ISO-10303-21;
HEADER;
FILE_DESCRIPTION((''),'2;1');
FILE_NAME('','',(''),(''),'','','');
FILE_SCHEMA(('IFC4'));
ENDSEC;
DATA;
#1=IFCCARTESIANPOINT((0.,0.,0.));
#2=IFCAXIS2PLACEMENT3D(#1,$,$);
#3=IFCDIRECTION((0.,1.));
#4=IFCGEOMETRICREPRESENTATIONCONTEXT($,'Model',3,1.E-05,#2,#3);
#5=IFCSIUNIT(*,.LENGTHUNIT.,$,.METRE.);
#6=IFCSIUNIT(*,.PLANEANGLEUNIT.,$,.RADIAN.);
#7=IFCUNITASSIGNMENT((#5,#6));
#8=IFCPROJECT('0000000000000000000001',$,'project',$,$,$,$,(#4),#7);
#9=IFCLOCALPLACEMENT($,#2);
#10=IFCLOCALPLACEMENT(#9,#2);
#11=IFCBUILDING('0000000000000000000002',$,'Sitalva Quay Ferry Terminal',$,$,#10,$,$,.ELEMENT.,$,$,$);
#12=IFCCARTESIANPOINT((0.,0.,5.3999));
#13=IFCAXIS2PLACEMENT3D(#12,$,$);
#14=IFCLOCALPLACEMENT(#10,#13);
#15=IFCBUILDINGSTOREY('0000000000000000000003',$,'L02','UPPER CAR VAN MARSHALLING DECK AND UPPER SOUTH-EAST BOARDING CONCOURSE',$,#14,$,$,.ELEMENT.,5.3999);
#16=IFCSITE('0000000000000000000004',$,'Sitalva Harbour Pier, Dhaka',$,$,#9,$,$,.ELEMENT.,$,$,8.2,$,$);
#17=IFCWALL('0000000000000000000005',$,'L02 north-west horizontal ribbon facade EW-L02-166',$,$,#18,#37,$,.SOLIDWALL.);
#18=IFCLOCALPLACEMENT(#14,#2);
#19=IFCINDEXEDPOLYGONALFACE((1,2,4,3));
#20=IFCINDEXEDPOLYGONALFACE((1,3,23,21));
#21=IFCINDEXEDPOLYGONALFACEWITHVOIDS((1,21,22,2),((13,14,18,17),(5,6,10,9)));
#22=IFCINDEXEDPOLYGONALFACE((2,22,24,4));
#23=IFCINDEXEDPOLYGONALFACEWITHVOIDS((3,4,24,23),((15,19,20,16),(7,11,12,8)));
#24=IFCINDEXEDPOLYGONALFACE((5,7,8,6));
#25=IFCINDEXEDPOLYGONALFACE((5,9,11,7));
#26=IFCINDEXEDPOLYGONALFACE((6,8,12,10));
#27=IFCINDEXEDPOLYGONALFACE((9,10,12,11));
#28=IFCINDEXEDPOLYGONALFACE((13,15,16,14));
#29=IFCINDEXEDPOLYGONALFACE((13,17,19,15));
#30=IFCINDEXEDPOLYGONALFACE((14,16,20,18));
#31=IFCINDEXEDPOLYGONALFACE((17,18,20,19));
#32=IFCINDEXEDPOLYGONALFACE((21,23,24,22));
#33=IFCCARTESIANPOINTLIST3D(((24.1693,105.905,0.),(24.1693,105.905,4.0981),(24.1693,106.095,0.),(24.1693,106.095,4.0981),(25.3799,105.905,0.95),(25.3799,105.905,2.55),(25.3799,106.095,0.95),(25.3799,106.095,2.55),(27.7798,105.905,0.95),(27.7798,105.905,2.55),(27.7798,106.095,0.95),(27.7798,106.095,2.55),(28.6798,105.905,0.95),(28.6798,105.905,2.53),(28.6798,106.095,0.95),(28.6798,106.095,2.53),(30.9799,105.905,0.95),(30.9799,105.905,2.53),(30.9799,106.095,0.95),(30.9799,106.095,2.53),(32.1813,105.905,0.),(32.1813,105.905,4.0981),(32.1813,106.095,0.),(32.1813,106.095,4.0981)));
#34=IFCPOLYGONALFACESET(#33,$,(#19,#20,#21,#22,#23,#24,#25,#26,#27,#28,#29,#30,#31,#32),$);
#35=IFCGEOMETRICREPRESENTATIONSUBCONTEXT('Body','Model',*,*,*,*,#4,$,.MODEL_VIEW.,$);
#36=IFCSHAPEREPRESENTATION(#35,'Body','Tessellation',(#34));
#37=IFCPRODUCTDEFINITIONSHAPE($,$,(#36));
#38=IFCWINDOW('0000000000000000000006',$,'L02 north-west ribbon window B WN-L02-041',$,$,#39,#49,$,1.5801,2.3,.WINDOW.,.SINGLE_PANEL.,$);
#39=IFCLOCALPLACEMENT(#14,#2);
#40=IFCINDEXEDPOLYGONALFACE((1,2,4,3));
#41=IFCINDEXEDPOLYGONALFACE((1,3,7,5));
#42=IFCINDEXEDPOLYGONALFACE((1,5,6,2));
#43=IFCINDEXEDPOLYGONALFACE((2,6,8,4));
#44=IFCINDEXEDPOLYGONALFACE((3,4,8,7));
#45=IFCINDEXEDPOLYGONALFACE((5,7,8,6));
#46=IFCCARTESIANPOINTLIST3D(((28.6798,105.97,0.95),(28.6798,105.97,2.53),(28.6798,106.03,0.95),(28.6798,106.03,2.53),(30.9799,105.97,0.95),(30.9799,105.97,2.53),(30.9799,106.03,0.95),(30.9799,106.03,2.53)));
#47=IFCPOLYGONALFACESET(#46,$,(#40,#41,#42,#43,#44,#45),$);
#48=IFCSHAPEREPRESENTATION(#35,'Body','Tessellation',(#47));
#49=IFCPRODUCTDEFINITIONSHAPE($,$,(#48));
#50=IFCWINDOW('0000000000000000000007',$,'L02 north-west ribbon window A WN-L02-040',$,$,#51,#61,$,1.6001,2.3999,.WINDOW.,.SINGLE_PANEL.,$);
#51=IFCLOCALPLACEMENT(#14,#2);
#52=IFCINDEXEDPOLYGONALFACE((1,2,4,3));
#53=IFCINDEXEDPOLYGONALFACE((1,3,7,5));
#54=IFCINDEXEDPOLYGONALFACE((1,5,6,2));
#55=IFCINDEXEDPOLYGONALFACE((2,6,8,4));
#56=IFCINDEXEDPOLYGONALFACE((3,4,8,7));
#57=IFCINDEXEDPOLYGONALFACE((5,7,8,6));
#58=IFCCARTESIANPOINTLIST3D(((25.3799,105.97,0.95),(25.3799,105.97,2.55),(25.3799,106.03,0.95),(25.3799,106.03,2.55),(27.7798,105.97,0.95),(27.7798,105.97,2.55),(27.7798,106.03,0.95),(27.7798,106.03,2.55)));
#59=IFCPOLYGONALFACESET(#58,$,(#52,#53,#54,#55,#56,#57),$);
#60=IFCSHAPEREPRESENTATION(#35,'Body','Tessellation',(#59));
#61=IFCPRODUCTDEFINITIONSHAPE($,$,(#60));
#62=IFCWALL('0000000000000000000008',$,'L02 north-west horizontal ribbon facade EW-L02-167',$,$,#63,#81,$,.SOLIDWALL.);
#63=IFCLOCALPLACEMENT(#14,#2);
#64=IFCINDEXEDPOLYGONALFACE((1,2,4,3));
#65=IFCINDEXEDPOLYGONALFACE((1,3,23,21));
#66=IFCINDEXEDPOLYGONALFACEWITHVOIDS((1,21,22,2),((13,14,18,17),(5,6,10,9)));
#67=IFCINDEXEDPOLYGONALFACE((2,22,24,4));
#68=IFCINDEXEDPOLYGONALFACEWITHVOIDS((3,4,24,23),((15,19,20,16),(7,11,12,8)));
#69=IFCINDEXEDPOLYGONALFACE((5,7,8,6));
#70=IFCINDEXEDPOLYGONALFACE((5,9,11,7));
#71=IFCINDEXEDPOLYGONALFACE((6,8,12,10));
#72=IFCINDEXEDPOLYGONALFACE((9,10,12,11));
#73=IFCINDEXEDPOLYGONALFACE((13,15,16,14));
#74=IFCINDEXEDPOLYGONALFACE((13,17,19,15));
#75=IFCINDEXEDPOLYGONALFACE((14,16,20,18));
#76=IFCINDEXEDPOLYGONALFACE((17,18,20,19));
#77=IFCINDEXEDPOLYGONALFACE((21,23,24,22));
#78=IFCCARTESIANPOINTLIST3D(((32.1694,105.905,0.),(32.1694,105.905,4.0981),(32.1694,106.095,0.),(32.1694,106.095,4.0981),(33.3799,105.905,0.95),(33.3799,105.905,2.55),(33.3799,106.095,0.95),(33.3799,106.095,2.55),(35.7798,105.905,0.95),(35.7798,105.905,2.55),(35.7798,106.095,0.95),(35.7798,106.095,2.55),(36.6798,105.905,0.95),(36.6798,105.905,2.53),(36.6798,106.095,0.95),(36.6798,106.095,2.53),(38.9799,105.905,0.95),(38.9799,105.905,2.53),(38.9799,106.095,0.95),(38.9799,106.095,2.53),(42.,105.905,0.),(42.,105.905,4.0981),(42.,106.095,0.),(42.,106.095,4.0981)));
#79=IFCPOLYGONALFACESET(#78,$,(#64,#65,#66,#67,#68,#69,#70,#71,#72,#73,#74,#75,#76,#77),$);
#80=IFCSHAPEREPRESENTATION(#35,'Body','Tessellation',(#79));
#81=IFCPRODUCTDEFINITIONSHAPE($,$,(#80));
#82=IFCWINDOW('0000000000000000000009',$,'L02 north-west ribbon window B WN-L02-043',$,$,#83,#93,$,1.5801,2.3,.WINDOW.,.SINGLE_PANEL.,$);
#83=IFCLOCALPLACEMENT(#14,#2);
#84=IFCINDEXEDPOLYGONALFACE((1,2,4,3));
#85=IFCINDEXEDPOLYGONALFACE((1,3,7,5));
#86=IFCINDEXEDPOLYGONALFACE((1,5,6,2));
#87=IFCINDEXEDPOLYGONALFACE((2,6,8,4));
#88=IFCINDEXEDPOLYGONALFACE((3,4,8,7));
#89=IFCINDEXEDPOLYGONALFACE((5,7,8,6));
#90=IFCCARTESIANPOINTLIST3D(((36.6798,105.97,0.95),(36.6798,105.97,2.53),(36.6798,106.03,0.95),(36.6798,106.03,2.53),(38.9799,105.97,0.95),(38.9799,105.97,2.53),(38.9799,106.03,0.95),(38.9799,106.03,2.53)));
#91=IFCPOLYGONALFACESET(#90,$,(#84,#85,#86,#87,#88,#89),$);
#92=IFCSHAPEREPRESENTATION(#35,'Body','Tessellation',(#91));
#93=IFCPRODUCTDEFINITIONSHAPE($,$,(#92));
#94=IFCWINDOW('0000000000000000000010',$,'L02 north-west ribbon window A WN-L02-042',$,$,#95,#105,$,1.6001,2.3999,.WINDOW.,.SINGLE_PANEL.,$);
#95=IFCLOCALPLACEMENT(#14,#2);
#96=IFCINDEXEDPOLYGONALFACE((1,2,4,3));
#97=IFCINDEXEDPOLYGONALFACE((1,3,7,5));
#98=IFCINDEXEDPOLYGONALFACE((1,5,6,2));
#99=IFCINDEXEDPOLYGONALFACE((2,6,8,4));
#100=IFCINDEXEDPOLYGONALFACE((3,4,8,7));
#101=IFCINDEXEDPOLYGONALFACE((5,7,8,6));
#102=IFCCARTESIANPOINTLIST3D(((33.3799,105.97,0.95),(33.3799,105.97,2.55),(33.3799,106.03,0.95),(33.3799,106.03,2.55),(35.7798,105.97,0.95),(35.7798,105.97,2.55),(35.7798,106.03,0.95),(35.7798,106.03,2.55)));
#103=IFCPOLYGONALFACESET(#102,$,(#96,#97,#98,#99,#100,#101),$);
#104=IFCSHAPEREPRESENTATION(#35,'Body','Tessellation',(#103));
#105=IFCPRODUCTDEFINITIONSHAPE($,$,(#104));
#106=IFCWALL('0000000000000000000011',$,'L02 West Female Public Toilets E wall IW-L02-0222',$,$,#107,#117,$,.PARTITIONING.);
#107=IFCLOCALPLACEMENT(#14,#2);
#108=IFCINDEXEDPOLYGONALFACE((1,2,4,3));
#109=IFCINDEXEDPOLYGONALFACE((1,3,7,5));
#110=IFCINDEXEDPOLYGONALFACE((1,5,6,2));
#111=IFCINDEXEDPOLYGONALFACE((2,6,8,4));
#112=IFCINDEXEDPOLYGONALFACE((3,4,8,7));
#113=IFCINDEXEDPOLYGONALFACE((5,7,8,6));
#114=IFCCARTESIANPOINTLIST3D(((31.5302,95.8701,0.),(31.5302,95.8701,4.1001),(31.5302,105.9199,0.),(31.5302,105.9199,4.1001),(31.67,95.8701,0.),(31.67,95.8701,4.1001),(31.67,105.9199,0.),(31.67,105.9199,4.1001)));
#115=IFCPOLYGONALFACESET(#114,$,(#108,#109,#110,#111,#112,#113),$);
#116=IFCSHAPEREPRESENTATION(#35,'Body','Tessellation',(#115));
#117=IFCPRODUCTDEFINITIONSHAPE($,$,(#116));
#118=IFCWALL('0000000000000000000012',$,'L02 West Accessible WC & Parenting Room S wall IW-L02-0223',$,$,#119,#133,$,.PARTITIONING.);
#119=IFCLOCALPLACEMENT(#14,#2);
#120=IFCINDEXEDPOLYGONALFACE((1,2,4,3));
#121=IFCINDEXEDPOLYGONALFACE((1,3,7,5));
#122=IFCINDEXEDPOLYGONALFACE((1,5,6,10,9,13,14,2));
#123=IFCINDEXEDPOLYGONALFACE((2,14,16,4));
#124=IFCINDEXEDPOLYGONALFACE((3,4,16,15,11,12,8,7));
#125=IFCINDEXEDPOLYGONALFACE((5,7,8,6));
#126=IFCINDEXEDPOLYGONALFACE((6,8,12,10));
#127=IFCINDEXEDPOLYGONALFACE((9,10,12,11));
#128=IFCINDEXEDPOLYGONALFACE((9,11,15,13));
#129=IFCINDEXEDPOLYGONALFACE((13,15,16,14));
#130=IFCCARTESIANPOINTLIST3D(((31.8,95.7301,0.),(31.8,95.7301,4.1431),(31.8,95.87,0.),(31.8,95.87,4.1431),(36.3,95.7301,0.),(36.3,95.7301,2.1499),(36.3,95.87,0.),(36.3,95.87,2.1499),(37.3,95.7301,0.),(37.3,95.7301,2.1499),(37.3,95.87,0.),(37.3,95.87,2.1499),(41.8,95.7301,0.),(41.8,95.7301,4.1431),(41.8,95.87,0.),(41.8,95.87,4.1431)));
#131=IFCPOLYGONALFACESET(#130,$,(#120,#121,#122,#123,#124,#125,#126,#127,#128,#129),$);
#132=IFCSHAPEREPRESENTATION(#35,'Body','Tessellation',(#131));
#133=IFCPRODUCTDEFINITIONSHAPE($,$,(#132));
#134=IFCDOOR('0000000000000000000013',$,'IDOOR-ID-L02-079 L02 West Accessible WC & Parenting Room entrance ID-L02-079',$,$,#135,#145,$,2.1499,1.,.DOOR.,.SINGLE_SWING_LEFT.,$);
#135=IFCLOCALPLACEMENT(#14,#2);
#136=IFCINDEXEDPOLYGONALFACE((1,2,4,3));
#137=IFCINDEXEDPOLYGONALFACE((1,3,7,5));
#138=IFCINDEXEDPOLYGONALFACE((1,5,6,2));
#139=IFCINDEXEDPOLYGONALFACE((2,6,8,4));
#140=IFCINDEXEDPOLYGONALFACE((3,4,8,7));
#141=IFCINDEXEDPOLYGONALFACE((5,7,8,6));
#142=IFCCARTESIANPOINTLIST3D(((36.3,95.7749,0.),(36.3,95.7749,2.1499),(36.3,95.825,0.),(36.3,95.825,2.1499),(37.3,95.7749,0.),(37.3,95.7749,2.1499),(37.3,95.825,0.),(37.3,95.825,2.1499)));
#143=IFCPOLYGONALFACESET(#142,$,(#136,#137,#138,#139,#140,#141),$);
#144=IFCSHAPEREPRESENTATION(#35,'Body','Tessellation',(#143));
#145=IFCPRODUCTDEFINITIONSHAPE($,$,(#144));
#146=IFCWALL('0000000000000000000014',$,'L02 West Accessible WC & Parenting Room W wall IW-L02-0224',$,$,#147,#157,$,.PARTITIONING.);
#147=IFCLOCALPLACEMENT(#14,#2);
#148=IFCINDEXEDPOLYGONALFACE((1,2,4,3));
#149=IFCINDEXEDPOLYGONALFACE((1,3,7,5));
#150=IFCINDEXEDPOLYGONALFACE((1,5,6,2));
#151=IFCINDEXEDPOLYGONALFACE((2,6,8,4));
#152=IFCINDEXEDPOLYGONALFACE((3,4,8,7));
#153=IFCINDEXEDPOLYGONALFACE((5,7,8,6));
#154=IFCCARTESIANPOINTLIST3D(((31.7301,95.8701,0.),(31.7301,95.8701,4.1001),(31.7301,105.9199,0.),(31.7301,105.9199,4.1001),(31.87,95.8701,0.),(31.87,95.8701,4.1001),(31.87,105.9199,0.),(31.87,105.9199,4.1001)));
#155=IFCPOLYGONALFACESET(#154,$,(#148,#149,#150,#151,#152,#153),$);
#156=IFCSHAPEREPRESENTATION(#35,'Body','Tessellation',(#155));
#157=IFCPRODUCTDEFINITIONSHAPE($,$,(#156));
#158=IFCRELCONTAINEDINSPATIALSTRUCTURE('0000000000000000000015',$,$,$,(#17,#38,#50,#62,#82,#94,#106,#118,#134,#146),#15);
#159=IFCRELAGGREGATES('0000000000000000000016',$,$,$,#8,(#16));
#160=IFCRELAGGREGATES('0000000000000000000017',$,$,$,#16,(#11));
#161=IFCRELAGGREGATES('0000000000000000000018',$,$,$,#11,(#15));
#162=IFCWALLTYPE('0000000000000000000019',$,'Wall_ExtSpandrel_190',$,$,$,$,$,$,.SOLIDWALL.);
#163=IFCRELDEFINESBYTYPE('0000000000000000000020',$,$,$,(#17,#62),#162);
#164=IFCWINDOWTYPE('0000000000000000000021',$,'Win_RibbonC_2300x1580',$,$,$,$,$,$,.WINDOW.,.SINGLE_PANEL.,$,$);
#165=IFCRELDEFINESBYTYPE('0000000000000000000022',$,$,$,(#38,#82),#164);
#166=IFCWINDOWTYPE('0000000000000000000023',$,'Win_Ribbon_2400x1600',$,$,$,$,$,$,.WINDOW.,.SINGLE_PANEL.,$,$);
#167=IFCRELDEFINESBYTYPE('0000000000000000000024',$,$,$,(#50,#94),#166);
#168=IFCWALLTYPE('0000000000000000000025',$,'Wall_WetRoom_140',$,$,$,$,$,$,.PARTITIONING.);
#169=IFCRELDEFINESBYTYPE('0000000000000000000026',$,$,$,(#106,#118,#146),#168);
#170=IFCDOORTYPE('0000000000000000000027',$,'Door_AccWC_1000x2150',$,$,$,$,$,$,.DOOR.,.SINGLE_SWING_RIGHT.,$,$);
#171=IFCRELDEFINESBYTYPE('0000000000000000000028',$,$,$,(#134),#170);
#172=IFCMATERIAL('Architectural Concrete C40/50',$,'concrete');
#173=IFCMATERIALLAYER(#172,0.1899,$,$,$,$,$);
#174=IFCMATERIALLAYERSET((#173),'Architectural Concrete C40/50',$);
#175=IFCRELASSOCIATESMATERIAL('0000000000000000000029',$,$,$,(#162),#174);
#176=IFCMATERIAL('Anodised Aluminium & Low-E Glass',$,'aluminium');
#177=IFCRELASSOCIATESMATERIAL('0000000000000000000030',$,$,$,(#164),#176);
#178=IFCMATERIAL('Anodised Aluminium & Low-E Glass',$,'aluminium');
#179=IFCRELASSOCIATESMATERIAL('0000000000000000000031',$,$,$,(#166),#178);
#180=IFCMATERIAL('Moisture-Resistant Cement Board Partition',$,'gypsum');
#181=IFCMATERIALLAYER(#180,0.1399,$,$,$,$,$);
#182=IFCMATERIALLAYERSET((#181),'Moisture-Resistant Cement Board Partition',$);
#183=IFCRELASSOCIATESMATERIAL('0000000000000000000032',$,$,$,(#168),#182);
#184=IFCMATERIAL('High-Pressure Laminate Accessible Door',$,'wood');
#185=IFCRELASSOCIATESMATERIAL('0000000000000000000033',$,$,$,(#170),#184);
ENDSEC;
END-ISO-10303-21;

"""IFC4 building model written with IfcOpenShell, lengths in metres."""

from ifc_helpers import new_model, si_unit, direction, frame, frame_2d, origin, place, context, subcontext, project, spatial, rectangle, extrude, material, layer, layer_set, type_object, element, fill, save


model = new_model("IFC4")

# Units and contexts
model_context = context("Model", 3, precision=1e-05, world=origin(), true_north=direction((0.0, 1.0)))
body_context = subcontext(model_context, "Body", "Model", "MODEL_VIEW")
ifc_project = project(units=[si_unit("LENGTHUNIT", "METRE"), si_unit("PLANEANGLEUNIT", "RADIAN")], contexts=[model_context])

# Site, building, storey
site_placement = place(None, origin())
site = spatial("IfcSite", under=ifc_project, at=site_placement, Name="Sitalva Harbour Pier, Dhaka", CompositionType="ELEMENT", RefElevation=8.2)
building_placement = place(site_placement, origin())
building = spatial("IfcBuilding", under=site, at=building_placement, Name="Sitalva Quay Ferry Terminal", CompositionType="ELEMENT")
storey_placement = place(building_placement, frame((0.0, 0.0, 5.3999)))
storey = spatial("IfcBuildingStorey", under=building, at=storey_placement, Name="L02", Description="UPPER CAR VAN MARSHALLING DECK AND UPPER SOUTH-EAST BOARDING CONCOURSE", CompositionType="ELEMENT", Elevation=5.3999)

# Walls, openings, windows
ifc_material_1 = material(Name="Architectural Concrete C40/50", Category="concrete")
ifc_layer_1 = layer(ifc_material_1, 0.1899)
ifc_layer_set_1 = layer_set([ifc_layer_1], Name="Architectural Concrete C40/50")
wall_type_1 = type_object("IfcWallType", Name="Wall_ExtSpandrel_190", PredefinedType="SOLIDWALL", material=ifc_layer_set_1)
wall_1_placement = place(storey_placement, frame((24.1694, 106.0, 0.0), z_axis=(0.0, 0.0, 1.0), x_axis=(1.0, 0.0, 0.0)))
wall_1 = element("IfcWall", 1, at=wall_1_placement, inside=storey, type_object=wall_type_1, Name="L02 north-west horizontal ribbon facade EW-L02-166", PredefinedType="SOLIDWALL", context=body_context, shape_type="SweptSolid", body=[
    extrude(rectangle(XDim=8.012, YDim=0.1899, at=frame_2d((4.0059, 0.0))), origin(), (0.0, 0.0, 1.0), 4.0981),
])
opening_1_placement = place(wall_1_placement, frame((1.2104, 0.0, 0.95)))
opening_1 = element("IfcOpeningElement", 2, at=opening_1_placement, cuts=wall_1, PredefinedType="OPENING", context=body_context, shape_type="SweptSolid", body=[
    extrude(rectangle(XDim=2.3999, YDim=1.6001, at=frame_2d((1.2, 0.8))), frame((0.0, 0.105, 0.0), z_axis=(0.0, -1.0, 0.0), x_axis=(1.0, 0.0, 0.0)), (0.0, 0.0, 1.0), 0.21),
])
opening_2_placement = place(wall_1_placement, frame((4.5105, 0.0, 0.95)))
opening_2 = element("IfcOpeningElement", 3, at=opening_2_placement, cuts=wall_1, PredefinedType="OPENING", context=body_context, shape_type="SweptSolid", body=[
    extrude(rectangle(XDim=2.3, YDim=1.5801, at=frame_2d((1.1499, 0.79))), frame((0.0, 0.105, 0.0), z_axis=(0.0, -1.0, 0.0), x_axis=(1.0, 0.0, 0.0)), (0.0, 0.0, 1.0), 0.21),
])
ifc_material_2 = material(Name="Anodised Aluminium & Low-E Glass", Category="aluminium")
window_type_1 = type_object("IfcWindowType", Name="Win_RibbonC_2300x1580", PartitioningType="SINGLE_PANEL", PredefinedType="WINDOW", material=ifc_material_2)
window_1_placement = place(opening_2_placement, origin())
window_1 = element("IfcWindow", 4, at=window_1_placement, inside=storey, type_object=window_type_1, Name="L02 north-west ribbon window B WN-L02-041", OverallHeight=1.5801, OverallWidth=2.3, PartitioningType="SINGLE_PANEL", PredefinedType="WINDOW", context=body_context, shape_type="SweptSolid", body=[
    extrude(rectangle(XDim=2.3, YDim=1.5801, at=frame_2d((1.1499, 0.79))), frame((0.0, 0.03, 0.0), z_axis=(0.0, -1.0, 0.0), x_axis=(1.0, 0.0, 0.0)), (0.0, 0.0, 1.0), 0.0601),
])
fill(opening_2, window_1)
ifc_material_3 = material(Name="Anodised Aluminium & Low-E Glass", Category="aluminium")
window_type_2 = type_object("IfcWindowType", Name="Win_Ribbon_2400x1600", PartitioningType="SINGLE_PANEL", PredefinedType="WINDOW", material=ifc_material_3)
window_2_placement = place(opening_1_placement, origin())
window_2 = element("IfcWindow", 5, at=window_2_placement, inside=storey, type_object=window_type_2, Name="L02 north-west ribbon window A WN-L02-040", OverallHeight=1.6001, OverallWidth=2.3999, PartitioningType="SINGLE_PANEL", PredefinedType="WINDOW", context=body_context, shape_type="SweptSolid", body=[
    extrude(rectangle(XDim=2.3999, YDim=1.6001, at=frame_2d((1.2, 0.8))), frame((0.0, 0.03, 0.0), z_axis=(0.0, -1.0, 0.0), x_axis=(1.0, 0.0, 0.0)), (0.0, 0.0, 1.0), 0.0601),
])
fill(opening_1, window_2)
wall_2_placement = place(storey_placement, frame((32.1694, 106.0, 0.0), z_axis=(0.0, 0.0, 1.0), x_axis=(1.0, 0.0, 0.0)))
wall_2 = element("IfcWall", 6, at=wall_2_placement, inside=storey, type_object=wall_type_1, Name="L02 north-west horizontal ribbon facade EW-L02-167", PredefinedType="SOLIDWALL", context=body_context, shape_type="SweptSolid", body=[
    extrude(rectangle(XDim=9.8306, YDim=0.1899, at=frame_2d((4.9153, 0.0))), origin(), (0.0, 0.0, 1.0), 4.0981),
])
opening_3_placement = place(wall_2_placement, frame((1.2104, 0.0, 0.95)))
opening_3 = element("IfcOpeningElement", 7, at=opening_3_placement, cuts=wall_2, PredefinedType="OPENING", context=body_context, shape_type="SweptSolid", body=[
    extrude(rectangle(XDim=2.3999, YDim=1.6001, at=frame_2d((1.2, 0.8))), frame((0.0, 0.105, 0.0), z_axis=(0.0, -1.0, 0.0), x_axis=(1.0, 0.0, 0.0)), (0.0, 0.0, 1.0), 0.21),
])
opening_4_placement = place(wall_2_placement, frame((4.5105, 0.0, 0.95)))
opening_4 = element("IfcOpeningElement", 8, at=opening_4_placement, cuts=wall_2, PredefinedType="OPENING", context=body_context, shape_type="SweptSolid", body=[
    extrude(rectangle(XDim=2.3, YDim=1.5801, at=frame_2d((1.1499, 0.79))), frame((0.0, 0.105, 0.0), z_axis=(0.0, -1.0, 0.0), x_axis=(1.0, 0.0, 0.0)), (0.0, 0.0, 1.0), 0.21),
])
window_3_placement = place(opening_4_placement, origin())
window_3 = element("IfcWindow", 9, at=window_3_placement, inside=storey, type_object=window_type_1, Name="L02 north-west ribbon window B WN-L02-043", OverallHeight=1.5801, OverallWidth=2.3, PartitioningType="SINGLE_PANEL", PredefinedType="WINDOW", context=body_context, shape_type="SweptSolid", body=[
    extrude(rectangle(XDim=2.3, YDim=1.5801, at=frame_2d((1.1499, 0.79))), frame((0.0, 0.03, 0.0), z_axis=(0.0, -1.0, 0.0), x_axis=(1.0, 0.0, 0.0)), (0.0, 0.0, 1.0), 0.0601),
])
fill(opening_4, window_3)
window_4_placement = place(opening_3_placement, origin())
window_4 = element("IfcWindow", 10, at=window_4_placement, inside=storey, type_object=window_type_2, Name="L02 north-west ribbon window A WN-L02-042", OverallHeight=1.6001, OverallWidth=2.3999, PartitioningType="SINGLE_PANEL", PredefinedType="WINDOW", context=body_context, shape_type="SweptSolid", body=[
    extrude(rectangle(XDim=2.3999, YDim=1.6001, at=frame_2d((1.2, 0.8))), frame((0.0, 0.03, 0.0), z_axis=(0.0, -1.0, 0.0), x_axis=(1.0, 0.0, 0.0)), (0.0, 0.0, 1.0), 0.0601),
])
fill(opening_3, window_4)

# Wall
ifc_material_4 = material(Name="Moisture-Resistant Cement Board Partition", Category="gypsum")
ifc_layer_2 = layer(ifc_material_4, 0.1399)
ifc_layer_set_2 = layer_set([ifc_layer_2], Name="Moisture-Resistant Cement Board Partition")
wall_type_2 = type_object("IfcWallType", Name="Wall_WetRoom_140", PredefinedType="PARTITIONING", material=ifc_layer_set_2)
wall_3_placement = place(storey_placement, frame((31.6001, 95.8701, 0.0), z_axis=(0.0, 0.0, 1.0), x_axis=(0.0, 1.0, 0.0)))
element("IfcWall", 11, at=wall_3_placement, inside=storey, type_object=wall_type_2, Name="L02 West Female Public Toilets E wall IW-L02-0222", PredefinedType="PARTITIONING", context=body_context, shape_type="SweptSolid", body=[
    extrude(rectangle(XDim=10.0498, YDim=0.1399, at=frame_2d((5.0249, 0.0))), origin(), (0.0, 0.0, 1.0), 4.1001),
])

# Wall, opening, door
wall_4_placement = place(storey_placement, frame((31.8, 95.8, 0.0), z_axis=(0.0, 0.0, 1.0), x_axis=(1.0, 0.0, 0.0)))
wall_4 = element("IfcWall", 12, at=wall_4_placement, inside=storey, type_object=wall_type_2, Name="L02 West Accessible WC & Parenting Room S wall IW-L02-0223", PredefinedType="PARTITIONING", context=body_context, shape_type="SweptSolid", body=[
    extrude(rectangle(XDim=10.0, YDim=0.1399, at=frame_2d((5.0, 0.0))), origin(), (0.0, 0.0, 1.0), 4.1431),
])
opening_5_placement = place(wall_4_placement, frame((4.5, 0.0, 0.0)))
opening_5 = element("IfcOpeningElement", 13, at=opening_5_placement, cuts=wall_4, PredefinedType="OPENING", context=body_context, shape_type="SweptSolid", body=[
    extrude(rectangle(XDim=1.0, YDim=2.1499, at=frame_2d((0.5, 1.075))), frame((0.0, 0.0798, 0.0), z_axis=(0.0, -1.0, 0.0), x_axis=(1.0, 0.0, 0.0)), (0.0, 0.0, 1.0), 0.1599),
])
ifc_material_5 = material(Name="High-Pressure Laminate Accessible Door", Category="wood")
door_type = type_object("IfcDoorType", Name="Door_AccWC_1000x2150", OperationType="SINGLE_SWING_RIGHT", PredefinedType="DOOR", material=ifc_material_5)
door_placement = place(opening_5_placement, origin())
door = element("IfcDoor", 14, at=door_placement, inside=storey, type_object=door_type, Name="IDOOR-ID-L02-079 L02 West Accessible WC & Parenting Room entrance ID-L02-079", OperationType="SINGLE_SWING_LEFT", OverallHeight=2.1499, OverallWidth=1.0, PredefinedType="DOOR", context=body_context, shape_type="SweptSolid", body=[
    extrude(rectangle(XDim=1.0, YDim=2.1499, at=frame_2d((0.5, 1.075))), frame((0.0, 0.0249, 0.0), z_axis=(0.0, -1.0, 0.0), x_axis=(1.0, 0.0, 0.0)), (0.0, 0.0, 1.0), 0.05),
])
fill(opening_5, door)

# Wall
wall_5_placement = place(storey_placement, frame((31.8, 95.8701, 0.0), z_axis=(0.0, 0.0, 1.0), x_axis=(0.0, 1.0, 0.0)))
element("IfcWall", 15, at=wall_5_placement, inside=storey, type_object=wall_type_2, Name="L02 West Accessible WC & Parenting Room W wall IW-L02-0224", PredefinedType="PARTITIONING", context=body_context, shape_type="SweptSolid", body=[
    extrude(rectangle(XDim=10.0498, YDim=0.1399, at=frame_2d((5.0249, 0.0))), origin(), (0.0, 0.0, 1.0), 4.1001),
])

save(model, "model.ifc")
